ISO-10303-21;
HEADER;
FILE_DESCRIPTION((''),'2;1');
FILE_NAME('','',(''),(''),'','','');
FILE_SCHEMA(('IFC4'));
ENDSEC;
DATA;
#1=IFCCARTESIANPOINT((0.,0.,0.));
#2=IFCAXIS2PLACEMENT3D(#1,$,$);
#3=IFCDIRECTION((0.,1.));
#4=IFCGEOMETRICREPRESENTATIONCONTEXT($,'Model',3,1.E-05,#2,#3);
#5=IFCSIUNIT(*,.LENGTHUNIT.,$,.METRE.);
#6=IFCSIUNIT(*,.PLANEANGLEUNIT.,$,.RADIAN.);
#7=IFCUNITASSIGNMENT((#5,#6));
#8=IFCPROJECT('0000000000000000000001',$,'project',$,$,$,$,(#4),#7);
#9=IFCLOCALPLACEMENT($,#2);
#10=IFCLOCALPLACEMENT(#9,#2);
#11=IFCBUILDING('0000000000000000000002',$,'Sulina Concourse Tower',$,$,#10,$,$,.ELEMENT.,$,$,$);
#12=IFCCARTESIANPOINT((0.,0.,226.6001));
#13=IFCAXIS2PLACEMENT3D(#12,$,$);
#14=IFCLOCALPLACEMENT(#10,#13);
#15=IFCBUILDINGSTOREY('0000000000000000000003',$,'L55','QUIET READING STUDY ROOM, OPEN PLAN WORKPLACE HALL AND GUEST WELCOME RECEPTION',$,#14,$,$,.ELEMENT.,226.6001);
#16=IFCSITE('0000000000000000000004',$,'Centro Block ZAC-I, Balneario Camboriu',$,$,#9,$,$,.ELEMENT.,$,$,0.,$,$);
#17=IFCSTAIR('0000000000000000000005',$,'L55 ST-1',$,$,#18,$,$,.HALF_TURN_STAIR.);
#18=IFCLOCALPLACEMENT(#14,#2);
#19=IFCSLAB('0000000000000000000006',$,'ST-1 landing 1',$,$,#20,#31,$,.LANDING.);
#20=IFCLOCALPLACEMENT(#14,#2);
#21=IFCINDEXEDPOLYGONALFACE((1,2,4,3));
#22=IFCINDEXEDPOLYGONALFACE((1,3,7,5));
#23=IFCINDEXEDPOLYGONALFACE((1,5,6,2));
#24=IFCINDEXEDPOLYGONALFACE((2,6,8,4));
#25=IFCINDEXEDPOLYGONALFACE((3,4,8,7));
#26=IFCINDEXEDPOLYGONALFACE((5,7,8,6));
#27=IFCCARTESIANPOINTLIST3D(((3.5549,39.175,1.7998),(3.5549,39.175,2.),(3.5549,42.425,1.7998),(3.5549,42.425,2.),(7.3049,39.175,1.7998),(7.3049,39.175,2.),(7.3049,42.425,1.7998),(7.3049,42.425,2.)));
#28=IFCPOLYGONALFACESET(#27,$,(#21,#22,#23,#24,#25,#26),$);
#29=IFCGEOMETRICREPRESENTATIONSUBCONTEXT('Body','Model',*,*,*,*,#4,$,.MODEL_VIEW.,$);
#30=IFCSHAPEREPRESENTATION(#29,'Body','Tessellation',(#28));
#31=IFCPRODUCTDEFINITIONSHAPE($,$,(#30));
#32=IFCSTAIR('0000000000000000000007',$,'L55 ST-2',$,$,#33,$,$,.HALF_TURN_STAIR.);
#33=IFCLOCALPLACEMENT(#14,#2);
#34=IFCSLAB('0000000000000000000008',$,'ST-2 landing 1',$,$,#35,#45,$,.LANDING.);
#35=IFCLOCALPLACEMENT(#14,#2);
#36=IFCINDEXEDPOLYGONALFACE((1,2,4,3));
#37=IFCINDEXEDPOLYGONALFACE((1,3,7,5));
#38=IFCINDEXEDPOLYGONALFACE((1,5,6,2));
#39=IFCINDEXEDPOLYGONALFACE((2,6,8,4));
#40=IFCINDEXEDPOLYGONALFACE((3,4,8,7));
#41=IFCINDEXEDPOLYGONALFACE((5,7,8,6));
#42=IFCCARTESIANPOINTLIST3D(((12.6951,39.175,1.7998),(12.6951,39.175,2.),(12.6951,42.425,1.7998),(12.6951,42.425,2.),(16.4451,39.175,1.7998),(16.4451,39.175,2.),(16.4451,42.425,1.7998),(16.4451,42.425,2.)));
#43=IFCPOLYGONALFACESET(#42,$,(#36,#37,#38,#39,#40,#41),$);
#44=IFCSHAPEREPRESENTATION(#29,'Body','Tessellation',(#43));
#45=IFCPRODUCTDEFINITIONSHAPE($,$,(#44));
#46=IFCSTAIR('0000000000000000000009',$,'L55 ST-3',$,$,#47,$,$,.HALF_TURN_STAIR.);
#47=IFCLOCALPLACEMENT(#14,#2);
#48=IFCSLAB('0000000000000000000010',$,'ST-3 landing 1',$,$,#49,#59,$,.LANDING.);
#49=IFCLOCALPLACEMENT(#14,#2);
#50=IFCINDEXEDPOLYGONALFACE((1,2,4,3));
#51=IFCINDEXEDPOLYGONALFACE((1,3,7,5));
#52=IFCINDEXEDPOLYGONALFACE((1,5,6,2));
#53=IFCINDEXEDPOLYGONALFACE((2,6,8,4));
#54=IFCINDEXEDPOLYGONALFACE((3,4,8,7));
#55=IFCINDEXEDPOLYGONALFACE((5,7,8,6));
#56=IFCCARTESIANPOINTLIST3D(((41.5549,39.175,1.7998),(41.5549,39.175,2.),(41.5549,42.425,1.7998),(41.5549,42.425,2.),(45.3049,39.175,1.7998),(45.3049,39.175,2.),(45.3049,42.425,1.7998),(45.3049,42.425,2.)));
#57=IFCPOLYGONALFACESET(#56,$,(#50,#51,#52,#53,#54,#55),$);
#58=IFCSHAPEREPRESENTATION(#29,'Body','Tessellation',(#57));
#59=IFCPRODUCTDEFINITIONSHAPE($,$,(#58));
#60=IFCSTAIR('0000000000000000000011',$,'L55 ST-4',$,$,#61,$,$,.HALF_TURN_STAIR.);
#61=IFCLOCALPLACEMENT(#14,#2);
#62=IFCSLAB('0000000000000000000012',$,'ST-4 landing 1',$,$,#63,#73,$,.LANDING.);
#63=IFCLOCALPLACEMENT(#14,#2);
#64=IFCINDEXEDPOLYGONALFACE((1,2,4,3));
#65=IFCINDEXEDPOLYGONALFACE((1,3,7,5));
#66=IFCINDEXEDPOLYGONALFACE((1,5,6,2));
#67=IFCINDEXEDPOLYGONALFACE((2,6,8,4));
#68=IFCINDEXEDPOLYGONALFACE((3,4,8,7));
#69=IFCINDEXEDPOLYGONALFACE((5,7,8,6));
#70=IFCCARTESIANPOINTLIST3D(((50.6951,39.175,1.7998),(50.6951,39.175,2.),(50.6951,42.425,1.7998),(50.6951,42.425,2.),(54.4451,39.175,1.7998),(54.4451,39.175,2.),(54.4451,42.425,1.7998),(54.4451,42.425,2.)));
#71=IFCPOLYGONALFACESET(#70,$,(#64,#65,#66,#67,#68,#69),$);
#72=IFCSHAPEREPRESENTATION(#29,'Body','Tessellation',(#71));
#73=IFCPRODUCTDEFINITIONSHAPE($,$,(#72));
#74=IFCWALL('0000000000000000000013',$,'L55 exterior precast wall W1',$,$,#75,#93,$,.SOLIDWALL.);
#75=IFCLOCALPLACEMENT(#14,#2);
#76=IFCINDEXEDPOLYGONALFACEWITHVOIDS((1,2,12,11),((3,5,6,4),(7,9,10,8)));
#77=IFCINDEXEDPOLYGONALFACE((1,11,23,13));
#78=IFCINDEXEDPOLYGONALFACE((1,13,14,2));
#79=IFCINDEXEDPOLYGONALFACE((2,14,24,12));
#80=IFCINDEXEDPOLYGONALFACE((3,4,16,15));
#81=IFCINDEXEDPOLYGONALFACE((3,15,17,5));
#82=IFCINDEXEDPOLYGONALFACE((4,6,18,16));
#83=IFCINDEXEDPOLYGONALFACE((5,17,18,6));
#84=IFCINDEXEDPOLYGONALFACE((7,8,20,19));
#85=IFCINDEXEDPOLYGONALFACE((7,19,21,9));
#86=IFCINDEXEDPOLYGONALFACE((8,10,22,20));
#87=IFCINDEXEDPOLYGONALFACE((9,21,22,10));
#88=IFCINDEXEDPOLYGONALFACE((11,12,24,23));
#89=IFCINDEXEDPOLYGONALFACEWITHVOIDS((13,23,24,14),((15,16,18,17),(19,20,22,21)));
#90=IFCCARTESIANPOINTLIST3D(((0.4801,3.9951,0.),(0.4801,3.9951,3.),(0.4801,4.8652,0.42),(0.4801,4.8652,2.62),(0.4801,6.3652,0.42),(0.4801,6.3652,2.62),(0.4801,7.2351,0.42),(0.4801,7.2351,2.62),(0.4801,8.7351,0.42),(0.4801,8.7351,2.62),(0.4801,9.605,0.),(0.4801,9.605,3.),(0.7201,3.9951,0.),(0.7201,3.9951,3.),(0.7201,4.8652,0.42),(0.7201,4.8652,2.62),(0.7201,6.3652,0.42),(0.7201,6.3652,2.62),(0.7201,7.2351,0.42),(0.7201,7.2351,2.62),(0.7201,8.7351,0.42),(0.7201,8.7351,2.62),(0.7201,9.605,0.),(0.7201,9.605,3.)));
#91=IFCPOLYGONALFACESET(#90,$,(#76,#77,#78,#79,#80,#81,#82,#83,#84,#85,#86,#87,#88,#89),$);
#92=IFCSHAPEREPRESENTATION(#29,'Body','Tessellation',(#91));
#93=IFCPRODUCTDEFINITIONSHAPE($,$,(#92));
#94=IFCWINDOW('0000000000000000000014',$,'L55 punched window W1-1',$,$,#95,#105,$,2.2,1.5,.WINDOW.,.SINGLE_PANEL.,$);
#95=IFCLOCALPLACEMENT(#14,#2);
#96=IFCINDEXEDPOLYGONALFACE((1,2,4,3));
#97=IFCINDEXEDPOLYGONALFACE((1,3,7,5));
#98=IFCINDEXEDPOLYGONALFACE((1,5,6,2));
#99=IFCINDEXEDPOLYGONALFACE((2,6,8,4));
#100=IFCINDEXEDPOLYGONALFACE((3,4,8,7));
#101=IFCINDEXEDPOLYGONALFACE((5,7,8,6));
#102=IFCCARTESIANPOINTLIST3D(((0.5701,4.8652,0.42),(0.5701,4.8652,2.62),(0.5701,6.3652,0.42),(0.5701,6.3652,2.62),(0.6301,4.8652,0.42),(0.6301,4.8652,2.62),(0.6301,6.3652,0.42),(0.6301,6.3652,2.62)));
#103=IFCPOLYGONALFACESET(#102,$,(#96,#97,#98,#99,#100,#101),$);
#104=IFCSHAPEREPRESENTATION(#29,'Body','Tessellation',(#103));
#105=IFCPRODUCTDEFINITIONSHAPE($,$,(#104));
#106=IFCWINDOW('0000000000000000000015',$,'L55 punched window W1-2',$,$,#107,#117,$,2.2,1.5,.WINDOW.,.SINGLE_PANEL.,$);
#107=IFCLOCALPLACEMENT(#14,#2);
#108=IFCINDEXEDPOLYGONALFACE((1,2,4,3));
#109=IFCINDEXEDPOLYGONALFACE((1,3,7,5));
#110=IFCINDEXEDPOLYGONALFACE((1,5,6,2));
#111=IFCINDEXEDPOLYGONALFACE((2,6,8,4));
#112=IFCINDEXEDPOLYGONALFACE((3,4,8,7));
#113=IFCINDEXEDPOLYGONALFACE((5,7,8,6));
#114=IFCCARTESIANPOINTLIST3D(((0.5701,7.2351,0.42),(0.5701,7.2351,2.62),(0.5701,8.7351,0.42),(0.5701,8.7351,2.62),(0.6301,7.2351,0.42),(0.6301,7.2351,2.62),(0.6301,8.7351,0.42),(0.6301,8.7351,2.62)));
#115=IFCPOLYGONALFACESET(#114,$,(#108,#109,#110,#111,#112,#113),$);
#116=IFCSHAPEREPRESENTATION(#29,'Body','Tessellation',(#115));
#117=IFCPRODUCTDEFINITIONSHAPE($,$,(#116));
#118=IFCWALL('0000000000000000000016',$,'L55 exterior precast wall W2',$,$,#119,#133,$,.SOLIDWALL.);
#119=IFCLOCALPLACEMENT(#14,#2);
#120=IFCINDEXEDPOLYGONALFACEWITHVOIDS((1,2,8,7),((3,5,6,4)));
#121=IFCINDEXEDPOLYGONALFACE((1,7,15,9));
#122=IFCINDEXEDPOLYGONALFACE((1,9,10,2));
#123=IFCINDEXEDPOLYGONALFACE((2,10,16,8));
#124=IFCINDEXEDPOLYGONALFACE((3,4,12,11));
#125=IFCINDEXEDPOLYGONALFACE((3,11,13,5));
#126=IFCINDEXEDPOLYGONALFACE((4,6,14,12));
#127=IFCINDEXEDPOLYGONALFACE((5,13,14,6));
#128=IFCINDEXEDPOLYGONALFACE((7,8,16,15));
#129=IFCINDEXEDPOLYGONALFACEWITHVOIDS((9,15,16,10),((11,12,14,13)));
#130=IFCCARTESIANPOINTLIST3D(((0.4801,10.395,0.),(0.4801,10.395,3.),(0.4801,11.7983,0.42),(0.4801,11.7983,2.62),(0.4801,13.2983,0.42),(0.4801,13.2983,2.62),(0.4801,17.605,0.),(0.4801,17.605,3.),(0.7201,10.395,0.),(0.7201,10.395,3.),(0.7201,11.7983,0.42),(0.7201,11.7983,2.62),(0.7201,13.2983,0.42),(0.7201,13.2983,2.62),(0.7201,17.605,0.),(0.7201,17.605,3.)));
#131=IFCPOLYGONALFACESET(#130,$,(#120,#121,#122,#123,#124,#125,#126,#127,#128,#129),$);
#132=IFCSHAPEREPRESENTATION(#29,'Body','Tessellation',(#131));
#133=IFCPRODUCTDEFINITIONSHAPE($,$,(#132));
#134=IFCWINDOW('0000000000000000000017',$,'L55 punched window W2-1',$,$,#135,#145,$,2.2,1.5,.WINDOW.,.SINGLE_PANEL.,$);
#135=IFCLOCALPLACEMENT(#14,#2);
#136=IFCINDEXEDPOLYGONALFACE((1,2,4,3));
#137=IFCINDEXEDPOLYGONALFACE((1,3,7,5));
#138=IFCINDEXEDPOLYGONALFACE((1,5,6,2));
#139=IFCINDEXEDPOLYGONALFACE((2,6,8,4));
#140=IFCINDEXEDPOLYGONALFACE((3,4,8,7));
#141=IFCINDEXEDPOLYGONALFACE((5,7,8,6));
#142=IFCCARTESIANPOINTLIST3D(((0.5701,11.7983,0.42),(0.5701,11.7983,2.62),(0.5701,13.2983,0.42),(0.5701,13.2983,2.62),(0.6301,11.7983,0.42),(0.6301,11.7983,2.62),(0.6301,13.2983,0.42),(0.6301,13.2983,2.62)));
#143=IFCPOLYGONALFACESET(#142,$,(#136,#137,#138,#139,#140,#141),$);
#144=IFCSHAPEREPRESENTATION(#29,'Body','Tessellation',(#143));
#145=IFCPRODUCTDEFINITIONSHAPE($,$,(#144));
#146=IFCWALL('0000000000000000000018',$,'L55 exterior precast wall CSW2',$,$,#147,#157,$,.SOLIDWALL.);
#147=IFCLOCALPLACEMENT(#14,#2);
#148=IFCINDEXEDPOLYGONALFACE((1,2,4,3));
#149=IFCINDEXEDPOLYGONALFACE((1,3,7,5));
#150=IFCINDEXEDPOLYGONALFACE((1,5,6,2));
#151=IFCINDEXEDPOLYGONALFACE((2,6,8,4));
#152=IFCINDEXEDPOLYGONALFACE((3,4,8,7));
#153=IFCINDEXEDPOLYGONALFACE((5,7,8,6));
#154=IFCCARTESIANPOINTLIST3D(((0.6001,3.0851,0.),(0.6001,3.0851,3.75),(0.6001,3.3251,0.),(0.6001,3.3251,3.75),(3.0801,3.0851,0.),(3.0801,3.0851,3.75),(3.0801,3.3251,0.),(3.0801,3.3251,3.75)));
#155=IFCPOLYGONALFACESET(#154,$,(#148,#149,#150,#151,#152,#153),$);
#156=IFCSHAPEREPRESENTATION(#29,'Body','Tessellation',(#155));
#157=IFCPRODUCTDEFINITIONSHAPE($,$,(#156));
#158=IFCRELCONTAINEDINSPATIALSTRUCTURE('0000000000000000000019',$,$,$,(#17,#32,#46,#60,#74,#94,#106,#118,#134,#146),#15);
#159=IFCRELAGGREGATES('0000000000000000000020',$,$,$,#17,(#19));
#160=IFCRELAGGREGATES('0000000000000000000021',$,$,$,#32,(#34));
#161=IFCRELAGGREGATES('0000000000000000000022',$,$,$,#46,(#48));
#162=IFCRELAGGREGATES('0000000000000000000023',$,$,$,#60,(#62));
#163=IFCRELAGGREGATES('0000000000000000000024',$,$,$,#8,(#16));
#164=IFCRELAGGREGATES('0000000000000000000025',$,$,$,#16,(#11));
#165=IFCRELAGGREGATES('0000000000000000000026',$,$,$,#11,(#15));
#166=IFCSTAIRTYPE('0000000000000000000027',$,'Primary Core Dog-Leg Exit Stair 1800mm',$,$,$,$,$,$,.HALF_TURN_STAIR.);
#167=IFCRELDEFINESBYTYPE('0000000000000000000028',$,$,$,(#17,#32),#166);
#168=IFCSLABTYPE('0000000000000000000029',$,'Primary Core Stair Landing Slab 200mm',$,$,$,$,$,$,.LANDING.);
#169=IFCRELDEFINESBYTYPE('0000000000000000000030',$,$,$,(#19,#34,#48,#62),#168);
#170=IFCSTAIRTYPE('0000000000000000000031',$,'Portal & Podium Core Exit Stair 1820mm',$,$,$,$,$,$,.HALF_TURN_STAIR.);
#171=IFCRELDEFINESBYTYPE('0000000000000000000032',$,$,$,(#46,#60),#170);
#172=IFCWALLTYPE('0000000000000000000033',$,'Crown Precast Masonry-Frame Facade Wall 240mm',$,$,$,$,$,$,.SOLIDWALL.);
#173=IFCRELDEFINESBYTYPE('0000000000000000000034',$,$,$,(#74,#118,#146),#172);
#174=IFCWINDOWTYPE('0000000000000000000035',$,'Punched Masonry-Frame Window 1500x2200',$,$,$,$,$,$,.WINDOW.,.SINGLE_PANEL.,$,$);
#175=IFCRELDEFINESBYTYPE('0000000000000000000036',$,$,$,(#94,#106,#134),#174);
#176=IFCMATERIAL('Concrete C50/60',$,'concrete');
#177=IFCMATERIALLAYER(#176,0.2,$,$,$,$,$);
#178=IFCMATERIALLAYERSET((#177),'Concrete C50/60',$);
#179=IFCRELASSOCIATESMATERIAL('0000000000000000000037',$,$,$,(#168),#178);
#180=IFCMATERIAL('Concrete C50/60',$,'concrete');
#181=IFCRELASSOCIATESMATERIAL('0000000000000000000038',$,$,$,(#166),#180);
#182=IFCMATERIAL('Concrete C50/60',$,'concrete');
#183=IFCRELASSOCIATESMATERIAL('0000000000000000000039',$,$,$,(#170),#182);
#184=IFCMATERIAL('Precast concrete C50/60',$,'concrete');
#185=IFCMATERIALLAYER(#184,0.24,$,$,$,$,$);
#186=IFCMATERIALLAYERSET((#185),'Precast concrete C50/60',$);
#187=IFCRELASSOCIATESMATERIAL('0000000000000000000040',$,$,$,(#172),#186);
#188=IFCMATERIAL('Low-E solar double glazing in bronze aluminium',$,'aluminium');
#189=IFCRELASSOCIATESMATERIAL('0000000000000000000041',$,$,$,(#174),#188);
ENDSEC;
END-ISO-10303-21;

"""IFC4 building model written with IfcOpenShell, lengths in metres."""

from ifc_helpers import new_model, si_unit, direction, frame, frame_2d, origin, place, context, subcontext, project, spatial, polyline, rectangle, outline, extrude, material, layer, layer_set, type_object, element, fill, aggregate, save


model = new_model("IFC4")

# Units and contexts
model_context = context("Model", 3, precision=1e-05, world=origin(), true_north=direction((0.0, 1.0)))
body_context = subcontext(model_context, "Body", "Model", "MODEL_VIEW")
ifc_project = project(units=[si_unit("LENGTHUNIT", "METRE"), si_unit("PLANEANGLEUNIT", "RADIAN")], contexts=[model_context])

# Site, building, storey
site_placement = place(None, origin())
site = spatial("IfcSite", under=ifc_project, at=site_placement, Name="Centro Block ZAC-I, Balneario Camboriu", CompositionType="ELEMENT", RefElevation=0.0)
building_placement = place(site_placement, origin())
building = spatial("IfcBuilding", under=site, at=building_placement, Name="Sulina Concourse Tower", CompositionType="ELEMENT")
storey_placement = place(building_placement, frame((0.0, 0.0, 226.6001)))
storey = spatial("IfcBuildingStorey", under=building, at=storey_placement, Name="L55", Description="QUIET READING STUDY ROOM, OPEN PLAN WORKPLACE HALL AND GUEST WELCOME RECEPTION", CompositionType="ELEMENT", Elevation=226.6001)

# Shared definitions
ifc_material_1 = material(Name="Concrete C50/60", Category="concrete")
ifc_layer_1 = layer(ifc_material_1, 0.2)
ifc_layer_set_1 = layer_set([ifc_layer_1], Name="Concrete C50/60")
slab_type_1 = type_object("IfcSlabType", Name="Primary Core Stair Landing Slab 200mm", PredefinedType="LANDING", material=ifc_layer_set_1)

# Stairs, slabs
ifc_material_2 = material(Name="Concrete C50/60", Category="concrete")
stair_type_1 = type_object("IfcStairType", Name="Primary Core Dog-Leg Exit Stair 1800mm", PredefinedType="HALF_TURN_STAIR", material=ifc_material_2)
stair_1_placement = place(storey_placement, origin())
stair_1 = element("IfcStair", 1, at=stair_1_placement, inside=storey, type_object=stair_type_1, Name="L55 ST-1", PredefinedType="HALF_TURN_STAIR")
slab_1_placement = place(storey_placement, frame((0.0, 0.0, 1.7998)))
slab_1 = element("IfcSlab", 2, at=slab_1_placement, type_object=slab_type_1, Name="ST-1 landing 1", PredefinedType="LANDING", context=body_context, shape_type="SweptSolid", body=[
    extrude(outline(polyline([(7.3049, 39.175), (7.3049, 42.425), (3.5549, 42.425), (3.5549, 39.175), (7.3049, 39.175)])), origin(), (0.0, 0.0, 1.0), 0.2002),
])
aggregate(stair_1, [slab_1])
stair_2_placement = place(storey_placement, origin())
stair_2 = element("IfcStair", 3, at=stair_2_placement, inside=storey, type_object=stair_type_1, Name="L55 ST-2", PredefinedType="HALF_TURN_STAIR")
slab_2_placement = place(storey_placement, frame((0.0, 0.0, 1.7998)))
slab_2 = element("IfcSlab", 4, at=slab_2_placement, type_object=slab_type_1, Name="ST-2 landing 1", PredefinedType="LANDING", context=body_context, shape_type="SweptSolid", body=[
    extrude(outline(polyline([(16.4451, 39.175), (16.4451, 42.425), (12.6951, 42.425), (12.6951, 39.175), (16.4451, 39.175)])), origin(), (0.0, 0.0, 1.0), 0.2002),
])
aggregate(stair_2, [slab_2])
ifc_material_3 = material(Name="Concrete C50/60", Category="concrete")
stair_type_2 = type_object("IfcStairType", Name="Portal & Podium Core Exit Stair 1820mm", PredefinedType="HALF_TURN_STAIR", material=ifc_material_3)
stair_3_placement = place(storey_placement, origin())
stair_3 = element("IfcStair", 5, at=stair_3_placement, inside=storey, type_object=stair_type_2, Name="L55 ST-3", PredefinedType="HALF_TURN_STAIR")
slab_3_placement = place(storey_placement, frame((0.0, 0.0, 1.7998)))
slab_3 = element("IfcSlab", 6, at=slab_3_placement, type_object=slab_type_1, Name="ST-3 landing 1", PredefinedType="LANDING", context=body_context, shape_type="SweptSolid", body=[
    extrude(outline(polyline([(45.3049, 39.175), (45.3049, 42.425), (41.5549, 42.425), (41.5549, 39.175), (45.3049, 39.175)])), origin(), (0.0, 0.0, 1.0), 0.2002),
])
aggregate(stair_3, [slab_3])
stair_4_placement = place(storey_placement, origin())
stair_4 = element("IfcStair", 7, at=stair_4_placement, inside=storey, type_object=stair_type_2, Name="L55 ST-4", PredefinedType="HALF_TURN_STAIR")
slab_4_placement = place(storey_placement, frame((0.0, 0.0, 1.7998)))
slab_4 = element("IfcSlab", 8, at=slab_4_placement, type_object=slab_type_1, Name="ST-4 landing 1", PredefinedType="LANDING", context=body_context, shape_type="SweptSolid", body=[
    extrude(outline(polyline([(54.4451, 39.175), (54.4451, 42.425), (50.6951, 42.425), (50.6951, 39.175), (54.4451, 39.175)])), origin(), (0.0, 0.0, 1.0), 0.2002),
])
aggregate(stair_4, [slab_4])

# Wall, openings, windows
ifc_material_4 = material(Name="Precast concrete C50/60", Category="concrete")
ifc_layer_2 = layer(ifc_material_4, 0.24)
ifc_layer_set_2 = layer_set([ifc_layer_2], Name="Precast concrete C50/60")
wall_type = type_object("IfcWallType", Name="Crown Precast Masonry-Frame Facade Wall 240mm", PredefinedType="SOLIDWALL", material=ifc_layer_set_2)
wall_1_placement = place(storey_placement, frame((0.6001, 3.9951, 0.0), z_axis=(0.0, 0.0, 1.0), x_axis=(0.0, 1.0, 0.0)))
wall_1 = element("IfcWall", 9, at=wall_1_placement, inside=storey, type_object=wall_type, Name="L55 exterior precast wall W1", PredefinedType="SOLIDWALL", context=body_context, shape_type="SweptSolid", body=[
    extrude(rectangle(XDim=5.6099, YDim=0.24, at=frame_2d((2.8049, 0.0))), origin(), (0.0, 0.0, 1.0), 3.0),
])
opening_1_placement = place(wall_1_placement, frame((0.8701, 0.0, 0.4199)))
opening_1 = element("IfcOpeningElement", 10, at=opening_1_placement, cuts=wall_1, PredefinedType="OPENING", context=body_context, shape_type="SweptSolid", body=[
    extrude(rectangle(XDim=1.5, YDim=2.2, at=frame_2d((0.75, 1.1001))), frame((0.0, 0.1299, 0.0), z_axis=(0.0, -1.0, 0.0), x_axis=(1.0, 0.0, 0.0)), (0.0, 0.0, 1.0), 0.26),
])
opening_2_placement = place(wall_1_placement, frame((3.24, 0.0, 0.4199)))
opening_2 = element("IfcOpeningElement", 11, at=opening_2_placement, cuts=wall_1, PredefinedType="OPENING", context=body_context, shape_type="SweptSolid", body=[
    extrude(rectangle(XDim=1.5, YDim=2.2, at=frame_2d((0.75, 1.1001))), frame((0.0, 0.1299, 0.0), z_axis=(0.0, -1.0, 0.0), x_axis=(1.0, 0.0, 0.0)), (0.0, 0.0, 1.0), 0.26),
])
ifc_material_5 = material(Name="Low-E solar double glazing in bronze aluminium", Category="aluminium")
window_type = type_object("IfcWindowType", Name="Punched Masonry-Frame Window 1500x2200", PartitioningType="SINGLE_PANEL", PredefinedType="WINDOW", material=ifc_material_5)
window_1_placement = place(opening_1_placement, origin())
window_1 = element("IfcWindow", 12, at=window_1_placement, inside=storey, type_object=window_type, Name="L55 punched window W1-1", OverallHeight=2.2, OverallWidth=1.5, PartitioningType="SINGLE_PANEL", PredefinedType="WINDOW", context=body_context, shape_type="SweptSolid", body=[
    extrude(rectangle(XDim=1.5, YDim=2.2, at=frame_2d((0.75, 1.1001))), frame((0.0, 0.03, 0.0), z_axis=(0.0, -1.0, 0.0), x_axis=(1.0, 0.0, 0.0)), (0.0, 0.0, 1.0), 0.0601),
])
fill(opening_1, window_1)
window_2_placement = place(opening_2_placement, origin())
window_2 = element("IfcWindow", 13, at=window_2_placement, inside=storey, type_object=window_type, Name="L55 punched window W1-2", OverallHeight=2.2, OverallWidth=1.5, PartitioningType="SINGLE_PANEL", PredefinedType="WINDOW", context=body_context, shape_type="SweptSolid", body=[
    extrude(rectangle(XDim=1.5, YDim=2.2, at=frame_2d((0.75, 1.1001))), frame((0.0, 0.03, 0.0), z_axis=(0.0, -1.0, 0.0), x_axis=(1.0, 0.0, 0.0)), (0.0, 0.0, 1.0), 0.0601),
])
fill(opening_2, window_2)

# Wall, opening, window
wall_2_placement = place(storey_placement, frame((0.6001, 10.395, 0.0), z_axis=(0.0, 0.0, 1.0), x_axis=(0.0, 1.0, 0.0)))
wall_2 = element("IfcWall", 14, at=wall_2_placement, inside=storey, type_object=wall_type, Name="L55 exterior precast wall W2", PredefinedType="SOLIDWALL", context=body_context, shape_type="SweptSolid", body=[
    extrude(rectangle(XDim=7.21, YDim=0.24, at=frame_2d((3.605, 0.0))), origin(), (0.0, 0.0, 1.0), 3.0),
])
opening_3_placement = place(wall_2_placement, frame((1.4033, 0.0, 0.4199)))
opening_3 = element("IfcOpeningElement", 15, at=opening_3_placement, cuts=wall_2, PredefinedType="OPENING", context=body_context, shape_type="SweptSolid", body=[
    extrude(rectangle(XDim=1.5, YDim=2.2, at=frame_2d((0.75, 1.1001))), frame((0.0, 0.1299, 0.0), z_axis=(0.0, -1.0, 0.0), x_axis=(1.0, 0.0, 0.0)), (0.0, 0.0, 1.0), 0.26),
])
window_3_placement = place(opening_3_placement, origin())
window_3 = element("IfcWindow", 16, at=window_3_placement, inside=storey, type_object=window_type, Name="L55 punched window W2-1", OverallHeight=2.2, OverallWidth=1.5, PartitioningType="SINGLE_PANEL", PredefinedType="WINDOW", context=body_context, shape_type="SweptSolid", body=[
    extrude(rectangle(XDim=1.5, YDim=2.2, at=frame_2d((0.75, 1.1001))), frame((0.0, 0.03, 0.0), z_axis=(0.0, -1.0, 0.0), x_axis=(1.0, 0.0, 0.0)), (0.0, 0.0, 1.0), 0.0601),
])
fill(opening_3, window_3)

# Wall
wall_3_placement = place(storey_placement, frame((3.0801, 3.2051, 0.0), z_axis=(0.0, 0.0, 1.0), x_axis=(-1.0, 0.0, 0.0)))
element("IfcWall", 17, at=wall_3_placement, inside=storey, type_object=wall_type, Name="L55 exterior precast wall CSW2", PredefinedType="SOLIDWALL", context=body_context, shape_type="SweptSolid", body=[
    extrude(rectangle(XDim=2.48, YDim=0.24, at=frame_2d((1.24, 0.0))), origin(), (0.0, 0.0, 1.0), 3.75),
])

save(model, "model.ifc")
